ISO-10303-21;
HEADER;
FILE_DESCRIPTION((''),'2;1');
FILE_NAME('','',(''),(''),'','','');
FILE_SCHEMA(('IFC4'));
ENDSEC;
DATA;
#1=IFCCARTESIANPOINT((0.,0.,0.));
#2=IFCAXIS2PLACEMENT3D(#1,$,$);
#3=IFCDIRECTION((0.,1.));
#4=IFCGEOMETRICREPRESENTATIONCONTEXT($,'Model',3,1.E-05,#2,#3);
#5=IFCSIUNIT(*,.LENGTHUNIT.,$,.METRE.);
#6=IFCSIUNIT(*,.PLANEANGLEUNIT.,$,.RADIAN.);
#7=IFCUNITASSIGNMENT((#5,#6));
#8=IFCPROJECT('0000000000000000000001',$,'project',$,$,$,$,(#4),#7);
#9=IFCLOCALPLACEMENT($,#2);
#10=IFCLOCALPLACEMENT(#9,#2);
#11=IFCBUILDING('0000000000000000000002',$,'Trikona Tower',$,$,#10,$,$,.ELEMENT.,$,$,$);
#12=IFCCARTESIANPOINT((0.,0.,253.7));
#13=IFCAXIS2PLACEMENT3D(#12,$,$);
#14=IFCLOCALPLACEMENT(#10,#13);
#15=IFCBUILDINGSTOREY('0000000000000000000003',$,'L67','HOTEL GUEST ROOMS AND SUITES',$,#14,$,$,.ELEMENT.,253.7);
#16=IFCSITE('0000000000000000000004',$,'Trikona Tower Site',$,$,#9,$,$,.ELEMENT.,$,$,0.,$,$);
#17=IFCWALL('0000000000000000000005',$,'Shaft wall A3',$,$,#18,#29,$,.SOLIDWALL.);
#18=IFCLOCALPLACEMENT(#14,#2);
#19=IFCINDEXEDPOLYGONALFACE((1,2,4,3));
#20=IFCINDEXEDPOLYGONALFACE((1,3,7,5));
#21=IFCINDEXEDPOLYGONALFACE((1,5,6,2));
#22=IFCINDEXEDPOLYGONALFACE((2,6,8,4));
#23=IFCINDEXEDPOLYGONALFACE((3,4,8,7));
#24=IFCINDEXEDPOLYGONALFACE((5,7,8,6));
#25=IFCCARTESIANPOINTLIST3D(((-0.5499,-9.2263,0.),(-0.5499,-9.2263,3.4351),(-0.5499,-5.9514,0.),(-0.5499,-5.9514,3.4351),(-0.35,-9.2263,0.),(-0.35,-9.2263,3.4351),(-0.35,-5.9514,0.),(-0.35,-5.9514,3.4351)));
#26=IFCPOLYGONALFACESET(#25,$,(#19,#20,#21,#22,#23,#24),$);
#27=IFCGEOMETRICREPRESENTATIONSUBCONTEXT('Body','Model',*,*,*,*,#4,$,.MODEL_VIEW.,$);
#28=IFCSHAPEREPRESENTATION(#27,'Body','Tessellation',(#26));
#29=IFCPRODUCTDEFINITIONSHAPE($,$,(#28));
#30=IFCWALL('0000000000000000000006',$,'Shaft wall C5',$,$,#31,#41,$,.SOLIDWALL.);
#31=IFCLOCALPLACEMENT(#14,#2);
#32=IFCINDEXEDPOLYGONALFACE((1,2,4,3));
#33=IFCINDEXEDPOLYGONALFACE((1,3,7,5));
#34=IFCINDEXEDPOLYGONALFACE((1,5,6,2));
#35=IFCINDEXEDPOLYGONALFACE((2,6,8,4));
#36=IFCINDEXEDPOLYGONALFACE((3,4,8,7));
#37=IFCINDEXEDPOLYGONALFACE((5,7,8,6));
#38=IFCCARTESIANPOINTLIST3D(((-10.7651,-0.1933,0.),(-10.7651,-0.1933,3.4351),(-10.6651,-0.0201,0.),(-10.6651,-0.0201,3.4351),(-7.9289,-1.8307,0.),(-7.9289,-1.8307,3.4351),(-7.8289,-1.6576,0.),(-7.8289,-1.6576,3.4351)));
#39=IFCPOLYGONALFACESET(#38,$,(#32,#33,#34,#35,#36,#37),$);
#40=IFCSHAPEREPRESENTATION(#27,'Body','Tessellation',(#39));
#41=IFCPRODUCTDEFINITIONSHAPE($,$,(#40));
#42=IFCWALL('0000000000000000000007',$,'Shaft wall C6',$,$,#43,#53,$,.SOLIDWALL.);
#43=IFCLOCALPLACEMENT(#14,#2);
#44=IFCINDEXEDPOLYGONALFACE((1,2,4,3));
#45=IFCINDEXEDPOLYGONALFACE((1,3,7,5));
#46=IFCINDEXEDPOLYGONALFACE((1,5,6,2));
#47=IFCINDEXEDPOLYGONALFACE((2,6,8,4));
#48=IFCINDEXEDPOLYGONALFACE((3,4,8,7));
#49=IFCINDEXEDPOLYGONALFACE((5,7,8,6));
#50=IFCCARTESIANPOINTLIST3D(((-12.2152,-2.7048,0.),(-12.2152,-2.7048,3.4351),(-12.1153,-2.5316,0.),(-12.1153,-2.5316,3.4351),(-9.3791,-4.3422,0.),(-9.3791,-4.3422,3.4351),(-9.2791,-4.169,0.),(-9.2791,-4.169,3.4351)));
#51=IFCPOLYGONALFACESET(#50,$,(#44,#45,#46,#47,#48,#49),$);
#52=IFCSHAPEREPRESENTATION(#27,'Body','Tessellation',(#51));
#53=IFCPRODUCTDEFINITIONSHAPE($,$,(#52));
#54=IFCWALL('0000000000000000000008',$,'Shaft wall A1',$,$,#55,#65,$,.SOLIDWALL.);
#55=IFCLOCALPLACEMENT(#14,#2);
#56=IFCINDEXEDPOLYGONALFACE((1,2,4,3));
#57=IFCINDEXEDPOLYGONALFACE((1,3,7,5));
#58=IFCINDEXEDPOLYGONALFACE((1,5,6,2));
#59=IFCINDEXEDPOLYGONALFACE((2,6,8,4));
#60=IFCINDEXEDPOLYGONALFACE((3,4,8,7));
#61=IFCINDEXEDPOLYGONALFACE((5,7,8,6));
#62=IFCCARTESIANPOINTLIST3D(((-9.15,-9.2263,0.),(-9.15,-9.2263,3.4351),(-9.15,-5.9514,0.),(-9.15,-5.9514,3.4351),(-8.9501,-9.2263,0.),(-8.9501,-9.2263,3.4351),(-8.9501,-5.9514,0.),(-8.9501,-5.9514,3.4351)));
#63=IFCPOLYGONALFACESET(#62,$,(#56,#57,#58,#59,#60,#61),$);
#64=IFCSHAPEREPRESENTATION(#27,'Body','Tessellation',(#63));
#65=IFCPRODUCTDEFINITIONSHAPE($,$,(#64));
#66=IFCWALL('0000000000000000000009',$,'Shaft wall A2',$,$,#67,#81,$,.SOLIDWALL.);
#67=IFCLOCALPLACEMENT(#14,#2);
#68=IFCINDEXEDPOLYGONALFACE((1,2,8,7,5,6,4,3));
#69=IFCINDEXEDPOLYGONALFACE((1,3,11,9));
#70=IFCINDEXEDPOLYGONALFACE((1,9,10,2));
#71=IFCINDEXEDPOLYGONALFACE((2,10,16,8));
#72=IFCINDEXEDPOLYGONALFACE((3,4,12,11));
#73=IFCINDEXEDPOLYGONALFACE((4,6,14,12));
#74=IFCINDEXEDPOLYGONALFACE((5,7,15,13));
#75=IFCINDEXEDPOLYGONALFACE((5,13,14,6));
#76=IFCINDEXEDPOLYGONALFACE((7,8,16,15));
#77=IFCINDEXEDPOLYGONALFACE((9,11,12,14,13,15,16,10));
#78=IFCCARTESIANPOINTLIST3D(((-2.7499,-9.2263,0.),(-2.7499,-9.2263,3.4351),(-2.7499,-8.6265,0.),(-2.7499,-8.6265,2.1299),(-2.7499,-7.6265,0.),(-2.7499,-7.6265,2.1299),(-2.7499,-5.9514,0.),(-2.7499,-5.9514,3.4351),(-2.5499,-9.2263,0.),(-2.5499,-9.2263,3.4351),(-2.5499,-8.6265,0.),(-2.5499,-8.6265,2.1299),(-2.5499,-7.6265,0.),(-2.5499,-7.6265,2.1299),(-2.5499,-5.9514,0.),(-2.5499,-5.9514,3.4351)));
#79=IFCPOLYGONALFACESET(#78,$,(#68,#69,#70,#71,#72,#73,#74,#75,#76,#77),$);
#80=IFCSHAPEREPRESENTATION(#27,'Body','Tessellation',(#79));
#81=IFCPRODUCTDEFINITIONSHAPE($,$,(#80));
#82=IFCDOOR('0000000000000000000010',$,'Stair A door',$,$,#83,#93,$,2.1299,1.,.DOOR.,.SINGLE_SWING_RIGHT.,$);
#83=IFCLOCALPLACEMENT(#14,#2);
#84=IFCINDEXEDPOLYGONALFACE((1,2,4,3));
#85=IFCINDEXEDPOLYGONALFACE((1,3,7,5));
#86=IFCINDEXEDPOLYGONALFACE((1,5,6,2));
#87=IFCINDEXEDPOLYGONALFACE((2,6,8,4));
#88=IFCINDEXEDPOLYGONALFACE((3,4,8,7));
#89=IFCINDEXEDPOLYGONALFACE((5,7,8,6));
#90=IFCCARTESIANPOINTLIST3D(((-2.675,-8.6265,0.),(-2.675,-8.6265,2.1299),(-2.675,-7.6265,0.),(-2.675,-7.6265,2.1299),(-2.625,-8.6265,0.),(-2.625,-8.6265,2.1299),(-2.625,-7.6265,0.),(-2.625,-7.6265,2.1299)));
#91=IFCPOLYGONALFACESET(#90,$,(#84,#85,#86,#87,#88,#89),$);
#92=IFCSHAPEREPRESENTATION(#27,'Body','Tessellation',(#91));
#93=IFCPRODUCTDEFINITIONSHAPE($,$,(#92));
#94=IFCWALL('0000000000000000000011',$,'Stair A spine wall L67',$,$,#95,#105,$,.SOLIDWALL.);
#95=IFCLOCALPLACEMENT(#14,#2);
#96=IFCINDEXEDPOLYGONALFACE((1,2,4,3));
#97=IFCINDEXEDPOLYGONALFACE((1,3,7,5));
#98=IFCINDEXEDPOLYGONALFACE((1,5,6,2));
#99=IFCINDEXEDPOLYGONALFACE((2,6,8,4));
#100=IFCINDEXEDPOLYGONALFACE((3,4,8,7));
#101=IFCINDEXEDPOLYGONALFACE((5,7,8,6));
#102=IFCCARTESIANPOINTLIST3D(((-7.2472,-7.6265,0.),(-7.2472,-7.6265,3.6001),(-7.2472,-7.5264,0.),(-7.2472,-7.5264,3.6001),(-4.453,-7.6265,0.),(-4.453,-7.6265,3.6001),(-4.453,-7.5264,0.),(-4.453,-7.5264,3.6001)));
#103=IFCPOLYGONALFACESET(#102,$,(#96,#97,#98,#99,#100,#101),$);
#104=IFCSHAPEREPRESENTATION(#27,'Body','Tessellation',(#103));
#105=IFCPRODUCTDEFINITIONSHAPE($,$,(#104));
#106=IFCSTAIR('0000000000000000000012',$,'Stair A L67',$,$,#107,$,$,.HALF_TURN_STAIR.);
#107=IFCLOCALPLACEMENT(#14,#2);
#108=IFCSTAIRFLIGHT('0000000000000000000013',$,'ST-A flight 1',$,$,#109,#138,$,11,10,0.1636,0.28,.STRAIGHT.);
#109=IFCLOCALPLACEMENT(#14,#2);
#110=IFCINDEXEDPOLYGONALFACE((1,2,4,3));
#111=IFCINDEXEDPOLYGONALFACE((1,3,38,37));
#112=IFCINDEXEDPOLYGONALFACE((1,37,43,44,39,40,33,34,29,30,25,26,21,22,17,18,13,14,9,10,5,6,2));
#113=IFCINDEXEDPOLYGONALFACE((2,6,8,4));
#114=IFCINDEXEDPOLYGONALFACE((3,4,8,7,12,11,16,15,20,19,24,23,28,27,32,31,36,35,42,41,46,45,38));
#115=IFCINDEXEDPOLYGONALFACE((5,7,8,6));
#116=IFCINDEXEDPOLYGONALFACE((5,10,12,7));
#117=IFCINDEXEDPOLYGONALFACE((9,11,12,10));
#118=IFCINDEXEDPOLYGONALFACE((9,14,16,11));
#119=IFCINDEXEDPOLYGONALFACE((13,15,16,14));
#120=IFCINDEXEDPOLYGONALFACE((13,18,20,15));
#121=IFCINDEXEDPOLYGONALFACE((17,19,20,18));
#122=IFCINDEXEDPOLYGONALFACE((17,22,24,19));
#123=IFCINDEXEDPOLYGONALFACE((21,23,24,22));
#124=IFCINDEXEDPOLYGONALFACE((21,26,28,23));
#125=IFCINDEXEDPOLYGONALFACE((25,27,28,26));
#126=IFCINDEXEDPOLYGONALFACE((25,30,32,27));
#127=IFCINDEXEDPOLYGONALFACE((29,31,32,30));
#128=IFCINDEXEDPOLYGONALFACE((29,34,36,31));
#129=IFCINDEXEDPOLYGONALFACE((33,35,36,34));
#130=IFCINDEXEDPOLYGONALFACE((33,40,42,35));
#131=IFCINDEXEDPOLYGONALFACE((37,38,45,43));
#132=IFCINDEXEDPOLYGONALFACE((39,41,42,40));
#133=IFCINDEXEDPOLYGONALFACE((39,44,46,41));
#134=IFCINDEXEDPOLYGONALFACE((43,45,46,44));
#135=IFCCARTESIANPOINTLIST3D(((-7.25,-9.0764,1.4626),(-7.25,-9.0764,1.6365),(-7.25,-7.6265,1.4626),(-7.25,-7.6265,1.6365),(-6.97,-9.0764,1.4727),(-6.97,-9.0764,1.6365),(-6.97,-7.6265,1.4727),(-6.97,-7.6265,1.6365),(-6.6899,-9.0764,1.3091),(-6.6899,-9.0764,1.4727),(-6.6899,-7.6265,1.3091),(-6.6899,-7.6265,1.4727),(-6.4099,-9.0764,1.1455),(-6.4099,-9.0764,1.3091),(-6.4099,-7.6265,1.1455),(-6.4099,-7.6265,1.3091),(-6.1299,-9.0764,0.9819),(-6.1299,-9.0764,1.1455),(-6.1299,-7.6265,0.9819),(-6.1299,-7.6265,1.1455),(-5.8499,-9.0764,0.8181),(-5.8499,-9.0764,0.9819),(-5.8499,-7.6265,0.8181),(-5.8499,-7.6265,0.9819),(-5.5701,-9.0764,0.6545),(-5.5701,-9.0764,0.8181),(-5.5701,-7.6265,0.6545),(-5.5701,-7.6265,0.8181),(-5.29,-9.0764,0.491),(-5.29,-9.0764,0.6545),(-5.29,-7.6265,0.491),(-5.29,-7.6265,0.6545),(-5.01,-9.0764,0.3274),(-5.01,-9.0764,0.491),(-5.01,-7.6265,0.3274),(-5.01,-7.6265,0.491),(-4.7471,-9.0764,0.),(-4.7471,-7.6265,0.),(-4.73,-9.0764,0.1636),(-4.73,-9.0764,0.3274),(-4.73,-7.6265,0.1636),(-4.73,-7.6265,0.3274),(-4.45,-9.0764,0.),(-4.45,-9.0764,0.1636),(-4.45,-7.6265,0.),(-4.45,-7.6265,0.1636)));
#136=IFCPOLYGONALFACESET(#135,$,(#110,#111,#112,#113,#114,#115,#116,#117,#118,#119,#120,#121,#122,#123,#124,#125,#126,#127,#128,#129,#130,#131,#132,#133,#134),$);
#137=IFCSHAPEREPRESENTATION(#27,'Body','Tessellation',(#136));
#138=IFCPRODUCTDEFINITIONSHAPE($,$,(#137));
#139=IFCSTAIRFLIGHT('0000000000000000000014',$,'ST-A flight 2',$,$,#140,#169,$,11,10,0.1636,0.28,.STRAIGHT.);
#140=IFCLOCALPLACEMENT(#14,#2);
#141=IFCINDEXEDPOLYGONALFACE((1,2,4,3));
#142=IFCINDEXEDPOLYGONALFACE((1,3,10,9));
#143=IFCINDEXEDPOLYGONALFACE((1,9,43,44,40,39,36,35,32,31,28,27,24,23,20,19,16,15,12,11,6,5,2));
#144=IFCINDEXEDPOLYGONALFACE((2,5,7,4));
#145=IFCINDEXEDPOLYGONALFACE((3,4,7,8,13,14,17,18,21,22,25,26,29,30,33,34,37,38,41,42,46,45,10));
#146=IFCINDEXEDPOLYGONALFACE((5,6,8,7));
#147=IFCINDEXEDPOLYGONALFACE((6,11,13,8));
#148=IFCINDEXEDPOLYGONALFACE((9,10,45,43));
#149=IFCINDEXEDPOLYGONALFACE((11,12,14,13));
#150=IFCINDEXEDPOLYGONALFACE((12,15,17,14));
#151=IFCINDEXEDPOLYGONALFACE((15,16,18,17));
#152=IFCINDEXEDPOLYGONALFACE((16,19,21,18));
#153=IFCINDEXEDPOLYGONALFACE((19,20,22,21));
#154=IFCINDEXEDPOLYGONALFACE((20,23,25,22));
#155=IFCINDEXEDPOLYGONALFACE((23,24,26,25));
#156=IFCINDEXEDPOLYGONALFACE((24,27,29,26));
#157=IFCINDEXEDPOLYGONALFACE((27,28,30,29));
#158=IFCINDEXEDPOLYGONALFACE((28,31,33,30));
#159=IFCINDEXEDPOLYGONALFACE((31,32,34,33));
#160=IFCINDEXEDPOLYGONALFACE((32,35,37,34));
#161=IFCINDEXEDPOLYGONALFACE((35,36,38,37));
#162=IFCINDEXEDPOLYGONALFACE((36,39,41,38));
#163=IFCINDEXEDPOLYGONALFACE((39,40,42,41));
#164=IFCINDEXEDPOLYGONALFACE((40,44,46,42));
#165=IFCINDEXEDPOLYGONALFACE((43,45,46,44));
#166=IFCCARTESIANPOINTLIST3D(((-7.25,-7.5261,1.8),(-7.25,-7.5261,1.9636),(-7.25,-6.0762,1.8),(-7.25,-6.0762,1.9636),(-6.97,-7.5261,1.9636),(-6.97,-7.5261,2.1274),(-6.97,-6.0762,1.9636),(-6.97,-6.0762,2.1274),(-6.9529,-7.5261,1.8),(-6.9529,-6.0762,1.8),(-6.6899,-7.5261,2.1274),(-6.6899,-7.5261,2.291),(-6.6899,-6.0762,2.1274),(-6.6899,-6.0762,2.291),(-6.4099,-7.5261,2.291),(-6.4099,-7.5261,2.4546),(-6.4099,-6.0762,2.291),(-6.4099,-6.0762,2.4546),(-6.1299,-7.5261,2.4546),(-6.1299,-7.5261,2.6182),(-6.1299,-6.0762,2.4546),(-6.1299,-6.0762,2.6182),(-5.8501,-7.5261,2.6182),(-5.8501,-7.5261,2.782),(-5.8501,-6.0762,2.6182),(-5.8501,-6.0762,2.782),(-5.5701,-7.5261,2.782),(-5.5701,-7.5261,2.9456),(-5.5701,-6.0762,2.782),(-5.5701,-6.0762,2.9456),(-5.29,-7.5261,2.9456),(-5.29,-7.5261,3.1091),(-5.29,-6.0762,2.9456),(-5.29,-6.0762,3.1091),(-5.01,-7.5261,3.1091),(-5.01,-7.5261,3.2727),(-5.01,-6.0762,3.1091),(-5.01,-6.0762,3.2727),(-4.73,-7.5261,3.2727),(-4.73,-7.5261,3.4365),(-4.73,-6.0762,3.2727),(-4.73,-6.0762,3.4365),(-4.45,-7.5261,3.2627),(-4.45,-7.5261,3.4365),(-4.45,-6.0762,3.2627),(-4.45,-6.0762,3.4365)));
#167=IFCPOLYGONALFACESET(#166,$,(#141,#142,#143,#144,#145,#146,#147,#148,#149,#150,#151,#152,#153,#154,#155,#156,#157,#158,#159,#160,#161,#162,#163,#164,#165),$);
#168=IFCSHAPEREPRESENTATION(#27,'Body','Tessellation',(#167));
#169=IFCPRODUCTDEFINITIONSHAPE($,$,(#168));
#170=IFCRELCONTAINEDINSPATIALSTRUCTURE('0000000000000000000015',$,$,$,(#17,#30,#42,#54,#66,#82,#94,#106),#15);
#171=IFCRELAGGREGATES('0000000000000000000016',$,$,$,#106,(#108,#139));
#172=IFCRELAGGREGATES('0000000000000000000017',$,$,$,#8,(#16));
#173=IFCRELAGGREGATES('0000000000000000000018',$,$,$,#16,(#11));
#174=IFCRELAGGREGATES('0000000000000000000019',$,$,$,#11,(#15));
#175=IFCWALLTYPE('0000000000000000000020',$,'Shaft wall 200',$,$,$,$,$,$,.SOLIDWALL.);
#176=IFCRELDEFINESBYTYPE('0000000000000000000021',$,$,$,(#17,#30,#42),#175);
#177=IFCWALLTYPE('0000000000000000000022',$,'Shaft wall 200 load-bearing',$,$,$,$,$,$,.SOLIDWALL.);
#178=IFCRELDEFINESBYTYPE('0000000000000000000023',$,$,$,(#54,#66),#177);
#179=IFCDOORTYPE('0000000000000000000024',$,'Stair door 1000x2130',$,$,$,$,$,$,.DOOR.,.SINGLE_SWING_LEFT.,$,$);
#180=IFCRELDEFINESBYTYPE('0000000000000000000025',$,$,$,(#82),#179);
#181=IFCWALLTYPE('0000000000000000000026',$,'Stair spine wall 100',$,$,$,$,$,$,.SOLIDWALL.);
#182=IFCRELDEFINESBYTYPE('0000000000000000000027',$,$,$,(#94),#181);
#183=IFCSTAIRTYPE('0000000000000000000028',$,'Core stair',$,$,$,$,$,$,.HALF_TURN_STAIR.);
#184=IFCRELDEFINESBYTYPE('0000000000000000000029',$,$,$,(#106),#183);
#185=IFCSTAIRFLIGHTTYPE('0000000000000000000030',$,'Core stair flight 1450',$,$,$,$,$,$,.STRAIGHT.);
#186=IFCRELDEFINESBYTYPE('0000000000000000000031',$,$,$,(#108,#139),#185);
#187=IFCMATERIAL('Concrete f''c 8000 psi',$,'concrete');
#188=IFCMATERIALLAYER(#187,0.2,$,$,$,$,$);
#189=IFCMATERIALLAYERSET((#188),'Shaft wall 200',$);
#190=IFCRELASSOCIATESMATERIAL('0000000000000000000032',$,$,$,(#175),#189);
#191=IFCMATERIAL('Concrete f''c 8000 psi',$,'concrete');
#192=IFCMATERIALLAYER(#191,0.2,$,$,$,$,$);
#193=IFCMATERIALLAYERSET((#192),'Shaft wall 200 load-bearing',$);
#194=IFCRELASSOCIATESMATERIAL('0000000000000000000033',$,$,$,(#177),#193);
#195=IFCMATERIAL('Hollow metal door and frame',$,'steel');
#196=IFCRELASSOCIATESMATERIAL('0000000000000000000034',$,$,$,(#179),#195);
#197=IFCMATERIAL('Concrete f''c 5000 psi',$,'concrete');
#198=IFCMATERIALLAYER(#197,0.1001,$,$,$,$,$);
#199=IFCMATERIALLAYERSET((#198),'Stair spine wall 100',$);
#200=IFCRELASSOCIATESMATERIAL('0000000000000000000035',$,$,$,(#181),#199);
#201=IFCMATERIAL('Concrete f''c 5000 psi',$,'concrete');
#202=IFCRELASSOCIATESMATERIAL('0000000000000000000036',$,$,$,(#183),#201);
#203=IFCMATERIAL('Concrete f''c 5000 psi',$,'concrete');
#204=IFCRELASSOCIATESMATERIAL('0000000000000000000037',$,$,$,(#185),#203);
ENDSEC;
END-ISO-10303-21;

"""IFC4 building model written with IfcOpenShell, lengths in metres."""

from ifc_helpers import new_model, si_unit, direction, frame, frame_2d, origin, place, context, subcontext, project, spatial, polyline, rectangle, outline, extrude, material, layer, layer_set, type_object, element, fill, aggregate, save


model = new_model("IFC4")

# Units and contexts
model_context = context("Model", 3, precision=1e-05, world=origin(), true_north=direction((0.0, 1.0)))
body_context = subcontext(model_context, "Body", "Model", "MODEL_VIEW")
ifc_project = project(units=[si_unit("LENGTHUNIT", "METRE"), si_unit("PLANEANGLEUNIT", "RADIAN")], contexts=[model_context])

# Site, building, storey
site_placement = place(None, origin())
site = spatial("IfcSite", under=ifc_project, at=site_placement, Name="Trikona Tower Site", CompositionType="ELEMENT", RefElevation=0.0)
building_placement = place(site_placement, origin())
building = spatial("IfcBuilding", under=site, at=building_placement, Name="Trikona Tower", CompositionType="ELEMENT")
storey_placement = place(building_placement, frame((0.0, 0.0, 253.7)))
storey = spatial("IfcBuildingStorey", under=building, at=storey_placement, Name="L67", Description="HOTEL GUEST ROOMS AND SUITES", CompositionType="ELEMENT", Elevation=253.7)

# Walls
ifc_material_1 = material(Name="Concrete f'c 8000 psi", Category="concrete")
ifc_layer_1 = layer(ifc_material_1, 0.2)
ifc_layer_set_1 = layer_set([ifc_layer_1], Name="Shaft wall 200")
wall_type_1 = type_object("IfcWallType", Name="Shaft wall 200", PredefinedType="SOLIDWALL", material=ifc_layer_set_1)
for number, where, z_axis, x_axis, name in (
    (1, (-0.45, -5.9514, 0.0), (0.0, 0.0, 1.0), (0.0, -1.0, 0.0), "Shaft wall A3"),
    (2, (-7.8789, -1.7441, 0.0), (0.0, 0.0, 1.0), (-0.866028, 0.499996, 0.0), "Shaft wall C5"),
    (3, (-9.3291, -4.2556, 0.0), (0.0, 0.0, 1.0), (-0.866028, 0.499996, 0.0), "Shaft wall C6"),
):
    element("IfcWall", number, at=place(storey_placement, frame(where, z_axis=z_axis, x_axis=x_axis)), inside=storey, type_object=wall_type_1, Name=name, PredefinedType="SOLIDWALL", context=body_context, shape_type="SweptSolid", body=[
        extrude(rectangle(XDim=3.2749, YDim=0.2, at=frame_2d((1.6375, 0.0))), origin(), (0.0, 0.0, 1.0), 3.4351),
    ])
ifc_material_2 = material(Name="Concrete f'c 8000 psi", Category="concrete")
ifc_layer_2 = layer(ifc_material_2, 0.2)
ifc_layer_set_2 = layer_set([ifc_layer_2], Name="Shaft wall 200 load-bearing")
wall_type_2 = type_object("IfcWallType", Name="Shaft wall 200 load-bearing", PredefinedType="SOLIDWALL", material=ifc_layer_set_2)
wall_1_placement = place(storey_placement, frame((-9.05, -5.9514, 0.0), z_axis=(0.0, 0.0, 1.0), x_axis=(0.0, -1.0, 0.0)))
element("IfcWall", 4, at=wall_1_placement, inside=storey, type_object=wall_type_2, Name="Shaft wall A1", PredefinedType="SOLIDWALL", context=body_context, shape_type="SweptSolid", body=[
    extrude(rectangle(XDim=3.2749, YDim=0.2, at=frame_2d((1.6375, 0.0))), origin(), (0.0, 0.0, 1.0), 3.4351),
])

# Wall, opening, door
wall_2_placement = place(storey_placement, frame((-2.6499, -5.9514, 0.0), z_axis=(0.0, 0.0, 1.0), x_axis=(0.0, -1.0, 0.0)))
wall_2 = element("IfcWall", 5, at=wall_2_placement, inside=storey, type_object=wall_type_2, Name="Shaft wall A2", PredefinedType="SOLIDWALL", context=body_context, shape_type="SweptSolid", body=[
    extrude(rectangle(XDim=3.2749, YDim=0.2, at=frame_2d((1.6375, 0.0))), origin(), (0.0, 0.0, 1.0), 3.4351),
])
opening_1_placement = place(wall_2_placement, frame((1.675, 0.0, 0.0)))
opening_1 = element("IfcOpeningElement", 6, at=opening_1_placement, cuts=wall_2, PredefinedType="OPENING", context=body_context, shape_type="SweptSolid", body=[
    extrude(rectangle(XDim=1.0, YDim=2.1299, at=frame_2d((0.5, 1.0649))), frame((0.0, 0.1099, 0.0), z_axis=(0.0, -1.0, 0.0), x_axis=(1.0, 0.0, 0.0)), (0.0, 0.0, 1.0), 0.22),
])
ifc_material_3 = material(Name="Hollow metal door and frame", Category="steel")
door_type_1 = type_object("IfcDoorType", Name="Stair door 1000x2130", OperationType="SINGLE_SWING_LEFT", PredefinedType="DOOR", material=ifc_material_3)
door_1_placement = place(opening_1_placement, origin())
door_1 = element("IfcDoor", 7, at=door_1_placement, inside=storey, type_object=door_type_1, Name="Stair A door", OperationType="SINGLE_SWING_RIGHT", OverallHeight=2.1299, OverallWidth=1.0, PredefinedType="DOOR", context=body_context, shape_type="SweptSolid", body=[
    extrude(rectangle(XDim=1.0, YDim=2.1299, at=frame_2d((0.5, 1.0649))), frame((0.0, 0.0249, 0.0), z_axis=(0.0, -1.0, 0.0), x_axis=(1.0, 0.0, 0.0)), (0.0, 0.0, 1.0), 0.05),
])
fill(opening_1, door_1)

# Wall
ifc_material_4 = material(Name="Concrete f'c 5000 psi", Category="concrete")
ifc_layer_3 = layer(ifc_material_4, 0.1001)
ifc_layer_set_3 = layer_set([ifc_layer_3], Name="Stair spine wall 100")
wall_type_3 = type_object("IfcWallType", Name="Stair spine wall 100", PredefinedType="SOLIDWALL", material=ifc_layer_set_3)
wall_3_placement = place(storey_placement, frame((-7.2471, -7.5764, 0.0), z_axis=(0.0, 0.0, 1.0), x_axis=(1.0, 0.0, 0.0)))
element("IfcWall", 8, at=wall_3_placement, inside=storey, type_object=wall_type_3, Name="Stair A spine wall L67", PredefinedType="SOLIDWALL", context=body_context, shape_type="SweptSolid", body=[
    extrude(rectangle(XDim=2.7942, YDim=0.1001, at=frame_2d((1.397, 0.0))), origin(), (0.0, 0.0, 1.0), 3.6001),
])

# Stair, stair flights
ifc_material_5 = material(Name="Concrete f'c 5000 psi", Category="concrete")
stair_type = type_object("IfcStairType", Name="Core stair", PredefinedType="HALF_TURN_STAIR", material=ifc_material_5)
stair_placement = place(storey_placement, origin())
stair = element("IfcStair", 9, at=stair_placement, inside=storey, type_object=stair_type, Name="Stair A L67", PredefinedType="HALF_TURN_STAIR")
ifc_material_6 = material(Name="Concrete f'c 5000 psi", Category="concrete")
stair_flight_type = type_object("IfcStairFlightType", Name="Core stair flight 1450", PredefinedType="STRAIGHT", material=ifc_material_6)
stair_flight_1_placement = place(storey_placement, frame((-4.45, -8.3513, 0.0), z_axis=(0.0, 0.0, 1.0), x_axis=(-1.0, 0.0, 0.0)))
stair_flight_1 = element("IfcStairFlight", 10, at=stair_flight_1_placement, type_object=stair_flight_type, Name="ST-A flight 1", NumberOfRisers=11, NumberOfTreads=10, PredefinedType="STRAIGHT", RiserHeight=0.1636, TreadLength=0.28, context=body_context, shape_type="SweptSolid", body=[
    extrude(outline(polyline([(0.0, 0.0), (0.0, 0.1636), (0.28, 0.1636), (0.28, 0.3274), (0.5601, 0.3274), (0.5601, 0.491), (0.8401, 0.491), (0.8401, 0.6545), (1.1201, 0.6545), (1.1201, 0.8181), (1.3999, 0.8181), (1.3999, 0.9819), (1.6799, 0.9819), (1.6799, 1.1455), (1.96, 1.1455), (1.96, 1.3091), (2.24, 1.3091), (2.24, 1.4727), (2.52, 1.4727), (2.52, 1.6365), (2.8, 1.6365), (2.8, 1.8), (2.8, 1.4626), (0.2971, 0.0), (0.0, 0.0)])), frame((0.0, 0.7251, 0.0), z_axis=(0.0, -1.0, 0.0), x_axis=(1.0, 0.0, 0.0)), (0.0, 0.0, 1.0), 1.45),
])
stair_flight_2_placement = place(storey_placement, frame((-7.25, -6.8013, 1.8), z_axis=(0.0, 0.0, 1.0), x_axis=(1.0, 0.0, 0.0)))
stair_flight_2 = element("IfcStairFlight", 11, at=stair_flight_2_placement, type_object=stair_flight_type, Name="ST-A flight 2", NumberOfRisers=11, NumberOfTreads=10, PredefinedType="STRAIGHT", RiserHeight=0.1636, TreadLength=0.28, context=body_context, shape_type="SweptSolid", body=[
    extrude(outline(polyline([(0.0, 0.0), (0.0, 0.1636), (0.28, 0.1636), (0.28, 0.3274), (0.5601, 0.3274), (0.5601, 0.491), (0.8401, 0.491), (0.8401, 0.6545), (1.1201, 0.6545), (1.1201, 0.8181), (1.3999, 0.8181), (1.3999, 0.9819), (1.6799, 0.9819), (1.6799, 1.1455), (1.96, 1.1455), (1.96, 1.3091), (2.24, 1.3091), (2.24, 1.4727), (2.52, 1.4727), (2.52, 1.6365), (2.8, 1.6365), (2.8, 1.8), (2.8, 1.4626), (0.2971, 0.0), (0.0, 0.0)])), frame((0.0, 0.7251, 0.0), z_axis=(0.0, -1.0, 0.0), x_axis=(1.0, 0.0, 0.0)), (0.0, 0.0, 1.0), 1.45),
])
aggregate(stair, [stair_flight_1, stair_flight_2])

save(model, "model.ifc")
